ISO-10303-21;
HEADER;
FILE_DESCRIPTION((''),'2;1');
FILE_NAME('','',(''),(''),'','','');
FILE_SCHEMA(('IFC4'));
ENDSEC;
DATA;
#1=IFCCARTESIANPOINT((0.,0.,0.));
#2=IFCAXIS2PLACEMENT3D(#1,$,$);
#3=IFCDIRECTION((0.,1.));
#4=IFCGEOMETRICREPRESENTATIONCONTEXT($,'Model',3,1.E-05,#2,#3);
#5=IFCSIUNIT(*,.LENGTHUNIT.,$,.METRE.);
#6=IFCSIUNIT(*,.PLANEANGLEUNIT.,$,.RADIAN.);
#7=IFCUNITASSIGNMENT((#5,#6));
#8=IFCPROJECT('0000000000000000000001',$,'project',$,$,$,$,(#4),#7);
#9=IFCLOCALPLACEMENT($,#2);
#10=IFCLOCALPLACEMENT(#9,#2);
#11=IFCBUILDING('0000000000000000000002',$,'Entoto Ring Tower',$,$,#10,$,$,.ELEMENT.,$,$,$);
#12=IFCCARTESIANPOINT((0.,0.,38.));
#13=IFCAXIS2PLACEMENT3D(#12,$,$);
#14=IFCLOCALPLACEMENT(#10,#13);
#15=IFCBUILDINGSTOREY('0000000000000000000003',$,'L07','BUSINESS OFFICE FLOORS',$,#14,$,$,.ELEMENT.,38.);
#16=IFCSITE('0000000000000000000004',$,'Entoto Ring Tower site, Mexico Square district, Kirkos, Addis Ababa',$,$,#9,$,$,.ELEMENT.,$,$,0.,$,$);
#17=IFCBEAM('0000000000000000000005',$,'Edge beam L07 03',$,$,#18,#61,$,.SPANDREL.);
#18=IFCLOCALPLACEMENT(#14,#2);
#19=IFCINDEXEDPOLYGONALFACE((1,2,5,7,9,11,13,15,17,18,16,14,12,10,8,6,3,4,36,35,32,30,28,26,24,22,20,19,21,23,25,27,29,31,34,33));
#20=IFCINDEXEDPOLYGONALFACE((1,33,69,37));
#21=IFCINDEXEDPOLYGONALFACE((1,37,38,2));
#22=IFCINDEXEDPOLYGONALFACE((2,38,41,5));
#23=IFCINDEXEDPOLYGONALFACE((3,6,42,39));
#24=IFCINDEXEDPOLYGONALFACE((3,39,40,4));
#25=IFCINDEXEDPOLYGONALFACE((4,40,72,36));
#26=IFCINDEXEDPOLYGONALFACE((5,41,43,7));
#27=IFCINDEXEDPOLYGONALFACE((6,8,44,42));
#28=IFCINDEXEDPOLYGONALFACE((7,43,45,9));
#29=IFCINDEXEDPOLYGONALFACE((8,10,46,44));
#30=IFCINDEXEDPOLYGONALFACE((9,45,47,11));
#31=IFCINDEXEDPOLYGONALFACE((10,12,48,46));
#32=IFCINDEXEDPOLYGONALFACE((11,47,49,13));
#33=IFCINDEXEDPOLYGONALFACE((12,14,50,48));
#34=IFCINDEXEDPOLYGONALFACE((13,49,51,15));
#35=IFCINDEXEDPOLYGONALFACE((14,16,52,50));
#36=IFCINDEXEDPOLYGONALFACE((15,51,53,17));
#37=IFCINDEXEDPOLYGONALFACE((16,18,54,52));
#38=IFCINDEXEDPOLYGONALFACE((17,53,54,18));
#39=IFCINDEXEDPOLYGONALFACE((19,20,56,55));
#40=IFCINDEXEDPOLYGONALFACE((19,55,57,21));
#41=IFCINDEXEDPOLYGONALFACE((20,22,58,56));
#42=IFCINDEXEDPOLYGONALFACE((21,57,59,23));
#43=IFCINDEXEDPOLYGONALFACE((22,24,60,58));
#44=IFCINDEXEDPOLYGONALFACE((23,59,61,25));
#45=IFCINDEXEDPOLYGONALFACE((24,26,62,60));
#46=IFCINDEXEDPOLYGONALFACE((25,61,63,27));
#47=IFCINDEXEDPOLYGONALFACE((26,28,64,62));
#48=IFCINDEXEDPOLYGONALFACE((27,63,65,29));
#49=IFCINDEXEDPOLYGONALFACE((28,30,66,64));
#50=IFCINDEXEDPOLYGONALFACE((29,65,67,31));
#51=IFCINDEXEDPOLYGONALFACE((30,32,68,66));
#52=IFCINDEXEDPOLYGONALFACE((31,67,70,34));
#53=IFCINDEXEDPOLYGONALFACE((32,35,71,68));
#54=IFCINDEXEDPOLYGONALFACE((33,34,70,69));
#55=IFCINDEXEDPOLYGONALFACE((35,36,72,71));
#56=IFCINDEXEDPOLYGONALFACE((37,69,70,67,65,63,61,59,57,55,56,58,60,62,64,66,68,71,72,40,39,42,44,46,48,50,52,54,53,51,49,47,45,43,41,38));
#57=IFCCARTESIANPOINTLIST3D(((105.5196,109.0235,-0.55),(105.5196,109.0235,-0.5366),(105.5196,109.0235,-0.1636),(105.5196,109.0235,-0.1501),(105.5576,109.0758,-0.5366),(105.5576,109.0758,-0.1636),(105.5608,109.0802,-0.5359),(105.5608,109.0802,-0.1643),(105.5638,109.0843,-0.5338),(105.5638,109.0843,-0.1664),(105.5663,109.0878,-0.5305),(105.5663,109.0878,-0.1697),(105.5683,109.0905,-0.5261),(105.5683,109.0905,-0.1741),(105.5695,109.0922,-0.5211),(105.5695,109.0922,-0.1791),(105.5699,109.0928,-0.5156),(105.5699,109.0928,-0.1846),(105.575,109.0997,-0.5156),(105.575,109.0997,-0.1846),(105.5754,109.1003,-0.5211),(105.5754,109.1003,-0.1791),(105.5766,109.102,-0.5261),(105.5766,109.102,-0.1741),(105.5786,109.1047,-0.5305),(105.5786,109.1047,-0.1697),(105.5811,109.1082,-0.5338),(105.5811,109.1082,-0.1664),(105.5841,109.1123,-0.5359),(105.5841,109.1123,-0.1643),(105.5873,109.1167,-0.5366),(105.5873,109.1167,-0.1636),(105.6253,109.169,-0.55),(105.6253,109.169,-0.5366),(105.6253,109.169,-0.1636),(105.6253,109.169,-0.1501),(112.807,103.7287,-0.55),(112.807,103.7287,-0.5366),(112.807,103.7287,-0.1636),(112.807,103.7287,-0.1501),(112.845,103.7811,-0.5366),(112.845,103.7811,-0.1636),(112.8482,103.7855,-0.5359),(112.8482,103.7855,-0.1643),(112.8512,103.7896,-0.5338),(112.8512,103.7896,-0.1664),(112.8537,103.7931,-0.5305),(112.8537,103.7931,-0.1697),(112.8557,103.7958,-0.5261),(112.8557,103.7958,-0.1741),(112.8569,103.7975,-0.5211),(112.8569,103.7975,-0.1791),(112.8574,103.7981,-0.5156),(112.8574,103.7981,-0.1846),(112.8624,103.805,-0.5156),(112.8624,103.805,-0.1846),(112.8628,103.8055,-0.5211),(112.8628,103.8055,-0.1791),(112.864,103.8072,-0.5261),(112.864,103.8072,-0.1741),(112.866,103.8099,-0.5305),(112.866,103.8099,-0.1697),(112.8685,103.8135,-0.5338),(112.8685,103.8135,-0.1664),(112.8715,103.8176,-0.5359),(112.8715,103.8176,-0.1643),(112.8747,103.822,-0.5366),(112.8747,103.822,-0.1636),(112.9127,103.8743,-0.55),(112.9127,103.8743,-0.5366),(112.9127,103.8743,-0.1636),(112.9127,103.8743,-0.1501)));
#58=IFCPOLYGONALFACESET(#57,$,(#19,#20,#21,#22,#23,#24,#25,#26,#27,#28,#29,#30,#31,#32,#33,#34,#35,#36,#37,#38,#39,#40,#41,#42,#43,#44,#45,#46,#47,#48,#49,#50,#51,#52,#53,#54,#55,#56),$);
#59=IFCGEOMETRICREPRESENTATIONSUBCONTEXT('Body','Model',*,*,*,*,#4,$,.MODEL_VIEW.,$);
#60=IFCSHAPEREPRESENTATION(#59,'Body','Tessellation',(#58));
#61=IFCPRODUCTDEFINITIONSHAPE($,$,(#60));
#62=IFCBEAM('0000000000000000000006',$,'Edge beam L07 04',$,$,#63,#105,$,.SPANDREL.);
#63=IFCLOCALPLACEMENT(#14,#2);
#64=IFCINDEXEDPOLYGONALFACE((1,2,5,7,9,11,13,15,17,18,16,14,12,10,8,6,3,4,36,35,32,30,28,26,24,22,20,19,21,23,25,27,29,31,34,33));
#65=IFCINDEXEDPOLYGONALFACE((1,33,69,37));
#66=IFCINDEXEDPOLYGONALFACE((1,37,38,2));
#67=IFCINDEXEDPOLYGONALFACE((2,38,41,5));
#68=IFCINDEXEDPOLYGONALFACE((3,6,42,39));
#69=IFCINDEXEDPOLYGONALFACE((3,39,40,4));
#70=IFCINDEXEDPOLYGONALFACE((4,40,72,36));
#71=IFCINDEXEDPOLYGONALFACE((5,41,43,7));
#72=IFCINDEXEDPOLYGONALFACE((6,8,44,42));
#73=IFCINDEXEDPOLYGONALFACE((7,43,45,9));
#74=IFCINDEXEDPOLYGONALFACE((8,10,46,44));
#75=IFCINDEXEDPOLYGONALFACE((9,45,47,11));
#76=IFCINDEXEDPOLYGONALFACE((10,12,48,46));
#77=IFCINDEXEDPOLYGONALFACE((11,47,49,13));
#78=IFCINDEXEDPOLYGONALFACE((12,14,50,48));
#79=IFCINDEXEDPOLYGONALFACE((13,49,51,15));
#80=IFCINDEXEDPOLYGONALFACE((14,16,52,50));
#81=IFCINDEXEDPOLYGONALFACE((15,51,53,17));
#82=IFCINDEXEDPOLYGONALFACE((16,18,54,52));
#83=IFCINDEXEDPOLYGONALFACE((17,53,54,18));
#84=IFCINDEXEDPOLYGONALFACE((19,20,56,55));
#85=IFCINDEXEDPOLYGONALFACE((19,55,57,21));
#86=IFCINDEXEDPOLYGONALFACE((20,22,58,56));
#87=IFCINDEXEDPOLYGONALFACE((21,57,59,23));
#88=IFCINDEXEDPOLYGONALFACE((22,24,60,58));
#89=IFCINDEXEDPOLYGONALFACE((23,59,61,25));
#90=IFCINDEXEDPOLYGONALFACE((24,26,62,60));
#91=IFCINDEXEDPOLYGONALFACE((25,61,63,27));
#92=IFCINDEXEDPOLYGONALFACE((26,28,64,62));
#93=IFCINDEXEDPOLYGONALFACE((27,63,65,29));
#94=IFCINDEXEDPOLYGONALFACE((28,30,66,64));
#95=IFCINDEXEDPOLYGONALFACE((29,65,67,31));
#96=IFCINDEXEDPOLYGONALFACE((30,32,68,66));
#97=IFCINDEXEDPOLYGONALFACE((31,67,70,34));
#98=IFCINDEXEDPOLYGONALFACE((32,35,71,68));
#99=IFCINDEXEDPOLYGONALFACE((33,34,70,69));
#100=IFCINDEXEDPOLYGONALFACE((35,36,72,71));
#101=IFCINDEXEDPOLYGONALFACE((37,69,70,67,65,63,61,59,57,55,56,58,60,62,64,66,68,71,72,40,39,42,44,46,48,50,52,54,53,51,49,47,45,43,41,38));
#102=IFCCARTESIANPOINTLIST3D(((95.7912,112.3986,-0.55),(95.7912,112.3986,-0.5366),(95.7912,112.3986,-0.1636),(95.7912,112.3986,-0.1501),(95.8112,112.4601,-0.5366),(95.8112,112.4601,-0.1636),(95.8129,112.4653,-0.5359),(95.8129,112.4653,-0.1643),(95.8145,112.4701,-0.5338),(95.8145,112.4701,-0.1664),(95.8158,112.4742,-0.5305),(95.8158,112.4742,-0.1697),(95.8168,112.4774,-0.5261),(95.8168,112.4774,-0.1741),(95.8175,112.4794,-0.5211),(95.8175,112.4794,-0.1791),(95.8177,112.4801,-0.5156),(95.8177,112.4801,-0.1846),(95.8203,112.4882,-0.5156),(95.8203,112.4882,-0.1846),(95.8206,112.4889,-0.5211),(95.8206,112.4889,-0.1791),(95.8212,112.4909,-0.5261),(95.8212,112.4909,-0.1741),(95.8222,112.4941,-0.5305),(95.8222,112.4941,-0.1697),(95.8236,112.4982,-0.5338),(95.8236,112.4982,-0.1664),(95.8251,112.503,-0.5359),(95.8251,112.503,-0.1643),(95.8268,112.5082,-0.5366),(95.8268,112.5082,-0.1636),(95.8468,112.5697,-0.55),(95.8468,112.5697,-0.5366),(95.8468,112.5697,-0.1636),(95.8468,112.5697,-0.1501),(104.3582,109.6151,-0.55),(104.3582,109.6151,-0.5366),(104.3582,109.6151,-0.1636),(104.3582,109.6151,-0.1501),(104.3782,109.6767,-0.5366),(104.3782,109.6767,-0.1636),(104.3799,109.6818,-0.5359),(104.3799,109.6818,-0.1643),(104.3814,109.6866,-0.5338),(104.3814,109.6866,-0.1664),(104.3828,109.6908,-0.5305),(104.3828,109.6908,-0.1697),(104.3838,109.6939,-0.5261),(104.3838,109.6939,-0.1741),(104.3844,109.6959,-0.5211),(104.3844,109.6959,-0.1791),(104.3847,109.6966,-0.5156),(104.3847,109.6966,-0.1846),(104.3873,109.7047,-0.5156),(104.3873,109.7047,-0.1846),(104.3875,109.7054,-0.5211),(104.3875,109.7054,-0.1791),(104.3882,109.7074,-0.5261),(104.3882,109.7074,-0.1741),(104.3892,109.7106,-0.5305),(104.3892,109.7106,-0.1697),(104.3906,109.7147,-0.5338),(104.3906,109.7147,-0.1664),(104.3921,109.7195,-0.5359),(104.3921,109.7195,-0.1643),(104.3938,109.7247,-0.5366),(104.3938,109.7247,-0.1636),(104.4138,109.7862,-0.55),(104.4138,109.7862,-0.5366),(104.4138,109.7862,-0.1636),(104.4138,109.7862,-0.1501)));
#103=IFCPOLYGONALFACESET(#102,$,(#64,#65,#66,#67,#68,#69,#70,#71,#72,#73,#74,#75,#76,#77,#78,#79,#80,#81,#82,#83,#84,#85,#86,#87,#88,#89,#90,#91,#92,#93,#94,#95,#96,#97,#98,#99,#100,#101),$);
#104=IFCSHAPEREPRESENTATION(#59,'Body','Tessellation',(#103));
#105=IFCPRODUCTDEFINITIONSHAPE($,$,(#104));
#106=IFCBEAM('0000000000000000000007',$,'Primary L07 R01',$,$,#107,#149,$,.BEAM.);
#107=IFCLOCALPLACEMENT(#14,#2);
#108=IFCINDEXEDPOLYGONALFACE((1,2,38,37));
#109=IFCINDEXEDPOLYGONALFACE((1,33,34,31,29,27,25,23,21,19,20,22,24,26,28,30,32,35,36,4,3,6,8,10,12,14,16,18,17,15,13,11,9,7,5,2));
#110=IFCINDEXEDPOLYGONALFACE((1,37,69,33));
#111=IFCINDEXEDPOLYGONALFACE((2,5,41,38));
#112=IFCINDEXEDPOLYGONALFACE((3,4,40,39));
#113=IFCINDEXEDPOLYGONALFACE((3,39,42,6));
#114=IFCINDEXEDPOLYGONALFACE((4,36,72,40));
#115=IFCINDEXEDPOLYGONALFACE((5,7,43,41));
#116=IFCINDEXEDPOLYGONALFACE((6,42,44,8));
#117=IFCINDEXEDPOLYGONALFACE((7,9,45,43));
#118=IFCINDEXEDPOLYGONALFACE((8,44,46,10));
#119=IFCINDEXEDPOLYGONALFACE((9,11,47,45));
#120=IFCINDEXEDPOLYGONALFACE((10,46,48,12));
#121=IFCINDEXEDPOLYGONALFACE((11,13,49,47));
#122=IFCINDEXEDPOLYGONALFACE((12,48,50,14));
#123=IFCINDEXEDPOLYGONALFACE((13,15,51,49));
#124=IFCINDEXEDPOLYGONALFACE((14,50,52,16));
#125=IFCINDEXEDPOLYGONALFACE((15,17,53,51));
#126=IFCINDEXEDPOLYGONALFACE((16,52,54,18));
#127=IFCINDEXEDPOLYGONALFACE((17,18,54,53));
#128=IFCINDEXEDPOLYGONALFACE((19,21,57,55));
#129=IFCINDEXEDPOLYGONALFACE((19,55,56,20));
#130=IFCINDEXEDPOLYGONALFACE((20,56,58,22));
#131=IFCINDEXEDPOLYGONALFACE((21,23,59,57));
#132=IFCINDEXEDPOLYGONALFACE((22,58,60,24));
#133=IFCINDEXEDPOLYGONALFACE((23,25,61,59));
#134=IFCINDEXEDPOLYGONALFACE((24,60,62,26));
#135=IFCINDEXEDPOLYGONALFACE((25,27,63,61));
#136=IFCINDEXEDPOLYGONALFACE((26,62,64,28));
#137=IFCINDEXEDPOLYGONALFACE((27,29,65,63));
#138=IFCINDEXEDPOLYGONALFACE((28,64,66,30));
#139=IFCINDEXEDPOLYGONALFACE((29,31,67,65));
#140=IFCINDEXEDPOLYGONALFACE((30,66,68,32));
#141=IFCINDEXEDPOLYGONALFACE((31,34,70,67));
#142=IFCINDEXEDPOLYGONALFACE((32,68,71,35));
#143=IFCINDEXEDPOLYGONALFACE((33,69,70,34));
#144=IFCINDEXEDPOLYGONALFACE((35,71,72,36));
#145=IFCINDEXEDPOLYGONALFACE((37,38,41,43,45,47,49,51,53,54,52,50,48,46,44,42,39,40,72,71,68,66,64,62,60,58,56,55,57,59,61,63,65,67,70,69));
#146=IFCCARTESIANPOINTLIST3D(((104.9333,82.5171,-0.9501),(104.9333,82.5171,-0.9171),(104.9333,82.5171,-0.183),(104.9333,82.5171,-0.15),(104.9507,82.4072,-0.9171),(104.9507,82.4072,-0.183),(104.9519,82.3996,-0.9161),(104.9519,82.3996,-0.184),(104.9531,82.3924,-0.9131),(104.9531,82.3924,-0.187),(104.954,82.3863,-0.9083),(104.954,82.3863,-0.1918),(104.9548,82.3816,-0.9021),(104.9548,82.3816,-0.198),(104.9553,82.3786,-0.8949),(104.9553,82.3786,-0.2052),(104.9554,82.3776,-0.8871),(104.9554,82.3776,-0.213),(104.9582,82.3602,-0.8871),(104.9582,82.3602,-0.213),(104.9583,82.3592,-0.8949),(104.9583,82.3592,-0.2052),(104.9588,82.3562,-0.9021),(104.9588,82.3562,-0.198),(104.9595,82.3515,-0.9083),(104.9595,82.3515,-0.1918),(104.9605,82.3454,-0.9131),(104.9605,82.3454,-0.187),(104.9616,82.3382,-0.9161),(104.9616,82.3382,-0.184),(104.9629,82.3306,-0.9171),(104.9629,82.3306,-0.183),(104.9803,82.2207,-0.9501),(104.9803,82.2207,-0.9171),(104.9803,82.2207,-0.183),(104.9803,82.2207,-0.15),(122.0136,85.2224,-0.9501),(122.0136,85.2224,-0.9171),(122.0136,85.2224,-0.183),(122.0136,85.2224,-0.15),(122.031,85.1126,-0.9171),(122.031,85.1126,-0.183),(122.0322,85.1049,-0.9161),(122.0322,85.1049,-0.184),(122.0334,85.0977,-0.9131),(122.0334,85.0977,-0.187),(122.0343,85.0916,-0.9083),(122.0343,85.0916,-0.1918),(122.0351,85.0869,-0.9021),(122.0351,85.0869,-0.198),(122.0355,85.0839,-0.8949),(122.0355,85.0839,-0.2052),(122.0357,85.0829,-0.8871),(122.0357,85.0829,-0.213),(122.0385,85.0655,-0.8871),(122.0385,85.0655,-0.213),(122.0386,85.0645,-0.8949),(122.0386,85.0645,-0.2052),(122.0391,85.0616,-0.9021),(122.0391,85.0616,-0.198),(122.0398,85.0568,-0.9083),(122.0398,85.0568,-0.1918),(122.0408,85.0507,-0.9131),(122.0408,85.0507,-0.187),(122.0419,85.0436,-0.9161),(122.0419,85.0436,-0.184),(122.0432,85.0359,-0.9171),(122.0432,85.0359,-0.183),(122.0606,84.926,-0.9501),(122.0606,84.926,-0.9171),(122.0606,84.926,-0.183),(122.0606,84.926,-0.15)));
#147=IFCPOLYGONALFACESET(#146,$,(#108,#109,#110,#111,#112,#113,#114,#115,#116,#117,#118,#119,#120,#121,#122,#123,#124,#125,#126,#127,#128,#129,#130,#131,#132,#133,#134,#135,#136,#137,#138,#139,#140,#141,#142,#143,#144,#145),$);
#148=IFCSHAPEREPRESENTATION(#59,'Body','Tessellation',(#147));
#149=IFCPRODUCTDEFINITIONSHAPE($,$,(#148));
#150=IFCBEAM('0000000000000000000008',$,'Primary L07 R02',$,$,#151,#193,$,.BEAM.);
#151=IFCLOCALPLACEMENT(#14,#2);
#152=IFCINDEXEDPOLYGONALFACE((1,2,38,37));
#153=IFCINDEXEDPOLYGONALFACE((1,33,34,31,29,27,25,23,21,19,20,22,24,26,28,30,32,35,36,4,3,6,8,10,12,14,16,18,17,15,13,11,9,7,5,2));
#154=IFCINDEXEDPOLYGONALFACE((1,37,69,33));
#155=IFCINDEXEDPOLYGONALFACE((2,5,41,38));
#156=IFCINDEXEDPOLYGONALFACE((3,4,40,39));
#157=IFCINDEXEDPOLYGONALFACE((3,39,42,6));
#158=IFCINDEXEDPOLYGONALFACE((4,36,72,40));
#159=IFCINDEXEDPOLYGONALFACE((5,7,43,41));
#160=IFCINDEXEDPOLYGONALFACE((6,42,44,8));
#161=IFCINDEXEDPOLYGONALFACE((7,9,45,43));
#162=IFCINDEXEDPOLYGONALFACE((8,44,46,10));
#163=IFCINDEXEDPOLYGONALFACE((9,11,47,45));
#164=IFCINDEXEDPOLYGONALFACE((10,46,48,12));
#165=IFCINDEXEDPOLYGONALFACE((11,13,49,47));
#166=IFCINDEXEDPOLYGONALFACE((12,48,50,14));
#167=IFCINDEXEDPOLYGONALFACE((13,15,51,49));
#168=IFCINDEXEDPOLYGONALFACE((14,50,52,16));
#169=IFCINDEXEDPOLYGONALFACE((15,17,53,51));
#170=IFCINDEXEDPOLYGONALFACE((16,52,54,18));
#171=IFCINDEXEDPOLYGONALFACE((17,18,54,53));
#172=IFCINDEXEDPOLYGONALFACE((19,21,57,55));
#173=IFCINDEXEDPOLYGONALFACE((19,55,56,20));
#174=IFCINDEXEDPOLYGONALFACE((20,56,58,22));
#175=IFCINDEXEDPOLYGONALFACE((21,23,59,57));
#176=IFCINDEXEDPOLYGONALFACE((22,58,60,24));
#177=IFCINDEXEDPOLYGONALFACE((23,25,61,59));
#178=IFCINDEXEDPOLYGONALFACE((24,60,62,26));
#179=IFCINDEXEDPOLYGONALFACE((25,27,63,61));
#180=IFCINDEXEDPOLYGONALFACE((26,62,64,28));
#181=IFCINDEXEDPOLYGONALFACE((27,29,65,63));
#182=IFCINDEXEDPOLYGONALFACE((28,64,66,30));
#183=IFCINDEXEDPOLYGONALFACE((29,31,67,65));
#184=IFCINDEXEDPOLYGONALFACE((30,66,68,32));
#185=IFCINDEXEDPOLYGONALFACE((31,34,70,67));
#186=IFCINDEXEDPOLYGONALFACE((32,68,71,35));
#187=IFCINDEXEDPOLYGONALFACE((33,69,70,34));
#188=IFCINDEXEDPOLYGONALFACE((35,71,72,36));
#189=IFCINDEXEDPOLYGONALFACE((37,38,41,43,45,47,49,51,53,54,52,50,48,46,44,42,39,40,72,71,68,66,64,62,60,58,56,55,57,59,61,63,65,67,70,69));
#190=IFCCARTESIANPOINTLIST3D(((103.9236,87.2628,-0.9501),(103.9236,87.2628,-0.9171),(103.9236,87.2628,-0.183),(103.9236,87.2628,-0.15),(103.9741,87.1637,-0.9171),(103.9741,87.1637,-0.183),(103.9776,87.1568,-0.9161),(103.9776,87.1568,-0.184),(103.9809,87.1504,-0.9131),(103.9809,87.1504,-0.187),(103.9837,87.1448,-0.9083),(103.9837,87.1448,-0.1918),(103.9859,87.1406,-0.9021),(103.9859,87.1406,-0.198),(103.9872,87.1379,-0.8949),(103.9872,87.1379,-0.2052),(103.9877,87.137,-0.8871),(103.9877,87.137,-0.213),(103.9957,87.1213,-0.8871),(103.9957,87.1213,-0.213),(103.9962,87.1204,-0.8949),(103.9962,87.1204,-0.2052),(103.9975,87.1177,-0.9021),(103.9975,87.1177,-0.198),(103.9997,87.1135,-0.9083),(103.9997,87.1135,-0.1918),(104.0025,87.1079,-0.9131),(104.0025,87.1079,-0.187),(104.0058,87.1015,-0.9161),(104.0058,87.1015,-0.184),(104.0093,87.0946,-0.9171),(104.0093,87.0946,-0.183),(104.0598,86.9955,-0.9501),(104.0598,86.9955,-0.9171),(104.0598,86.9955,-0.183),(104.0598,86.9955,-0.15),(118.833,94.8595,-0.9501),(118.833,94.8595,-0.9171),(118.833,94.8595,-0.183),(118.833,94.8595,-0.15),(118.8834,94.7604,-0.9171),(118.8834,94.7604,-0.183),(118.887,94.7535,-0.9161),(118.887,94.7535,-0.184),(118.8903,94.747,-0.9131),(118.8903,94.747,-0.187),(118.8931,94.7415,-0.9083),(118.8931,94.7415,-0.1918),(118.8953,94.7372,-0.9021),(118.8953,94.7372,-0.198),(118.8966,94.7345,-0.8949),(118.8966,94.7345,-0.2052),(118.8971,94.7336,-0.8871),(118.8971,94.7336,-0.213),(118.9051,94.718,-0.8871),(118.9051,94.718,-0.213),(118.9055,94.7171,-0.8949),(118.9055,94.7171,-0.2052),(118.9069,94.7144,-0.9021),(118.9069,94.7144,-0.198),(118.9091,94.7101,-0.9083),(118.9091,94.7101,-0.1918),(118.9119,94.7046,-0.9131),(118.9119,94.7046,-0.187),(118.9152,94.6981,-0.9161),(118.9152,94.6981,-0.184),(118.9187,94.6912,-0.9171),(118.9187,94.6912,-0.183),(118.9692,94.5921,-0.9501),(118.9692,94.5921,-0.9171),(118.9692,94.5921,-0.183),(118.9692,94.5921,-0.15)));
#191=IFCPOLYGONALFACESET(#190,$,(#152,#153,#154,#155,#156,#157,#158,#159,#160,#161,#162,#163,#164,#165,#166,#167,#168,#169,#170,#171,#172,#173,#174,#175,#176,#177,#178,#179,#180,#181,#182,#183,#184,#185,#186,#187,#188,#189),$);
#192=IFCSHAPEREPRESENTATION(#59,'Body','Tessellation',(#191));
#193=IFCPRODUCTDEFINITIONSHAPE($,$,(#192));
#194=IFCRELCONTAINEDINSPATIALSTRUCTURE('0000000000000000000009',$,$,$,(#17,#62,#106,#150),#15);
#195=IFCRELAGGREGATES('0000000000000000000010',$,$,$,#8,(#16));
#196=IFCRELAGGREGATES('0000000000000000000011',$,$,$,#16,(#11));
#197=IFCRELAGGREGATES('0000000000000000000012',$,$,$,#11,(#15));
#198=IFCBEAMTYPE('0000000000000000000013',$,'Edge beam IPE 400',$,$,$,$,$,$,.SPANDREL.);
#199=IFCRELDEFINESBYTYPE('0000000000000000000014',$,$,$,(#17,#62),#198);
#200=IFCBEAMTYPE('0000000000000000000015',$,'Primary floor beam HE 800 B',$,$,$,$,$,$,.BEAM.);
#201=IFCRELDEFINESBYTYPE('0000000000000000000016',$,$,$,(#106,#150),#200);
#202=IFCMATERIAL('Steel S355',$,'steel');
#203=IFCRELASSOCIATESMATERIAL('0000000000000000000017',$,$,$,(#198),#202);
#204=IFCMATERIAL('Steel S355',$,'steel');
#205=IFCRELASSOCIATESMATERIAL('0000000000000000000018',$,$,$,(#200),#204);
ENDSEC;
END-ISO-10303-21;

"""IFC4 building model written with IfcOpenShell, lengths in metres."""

from ifc_helpers import new_model, si_unit, direction, frame, origin, origin_2d, place, context, subcontext, project, spatial, i_section, extrude, material, material_profile, profile_set, type_object, element, save


model = new_model("IFC4")

# Units and contexts
model_context = context("Model", 3, precision=1e-05, world=origin(), true_north=direction((0.0, 1.0)))
body_context = subcontext(model_context, "Body", "Model", "MODEL_VIEW")
ifc_project = project(units=[si_unit("LENGTHUNIT", "METRE"), si_unit("PLANEANGLEUNIT", "RADIAN")], contexts=[model_context])

# Site, building, storey
site_placement = place(None, origin())
site = spatial("IfcSite", under=ifc_project, at=site_placement, Name="Entoto Ring Tower site, Mexico Square district, Kirkos, Addis Ababa", CompositionType="ELEMENT", RefElevation=0.0)
building_placement = place(site_placement, origin())
building = spatial("IfcBuilding", under=site, at=building_placement, Name="Entoto Ring Tower", CompositionType="ELEMENT")
storey_placement = place(building_placement, frame((0.0, 0.0, 38.0)))
storey = spatial("IfcBuildingStorey", under=building, at=storey_placement, Name="L07", Description="BUSINESS OFFICE FLOORS", CompositionType="ELEMENT", Elevation=38.0)

# Beams
ifc_material_1 = material(Name="Steel S355", Category="steel")
ifc_material_profile_1 = material_profile(ifc_material_1, i_section(OverallWidth=0.1799, OverallDepth=0.3999, WebThickness=0.0085, FlangeThickness=0.0134, FilletRadius=0.021, at=origin_2d()), Name="IPE 400")
ifc_profile_set_1 = profile_set([ifc_material_profile_1], Name="Steel S355")
beam_type_1 = type_object("IfcBeamType", Name="Edge beam IPE 400", PredefinedType="SPANDREL", material=ifc_profile_set_1)
for number, where, z_axis, x_axis, name in (
    (1, (112.8599, 103.8015, -0.3501), (-0.809011, 0.587793, 0.0), (-0.587793, -0.809011, 0.0), "Edge beam L07 03"),
    (2, (104.386, 109.7007, -0.3501), (-0.95106, 0.309006, 0.0), (-0.309006, -0.95106, 0.0), "Edge beam L07 04"),
):
    element("IfcBeam", number, at=place(storey_placement, frame(where, z_axis=z_axis, x_axis=x_axis)), inside=storey, type_object=beam_type_1, Name=name, PredefinedType="SPANDREL", context=body_context, shape_type="SweptSolid", body=[
        extrude(i_section(OverallWidth=0.1799, OverallDepth=0.3999, WebThickness=0.0085, FlangeThickness=0.0134, FilletRadius=0.021, at=origin_2d()), origin(), (0.0, 0.0, 1.0), 9.0078),
    ])
ifc_material_2 = material(Name="Steel S355", Category="steel")
ifc_material_profile_2 = material_profile(ifc_material_2, i_section(OverallWidth=0.3, OverallDepth=0.8, WebThickness=0.0176, FlangeThickness=0.033, FilletRadius=0.03, at=origin_2d()), Name="HE 800 B")
ifc_profile_set_2 = profile_set([ifc_material_profile_2], Name="Steel S355")
beam_type_2 = type_object("IfcBeamType", Name="Primary floor beam HE 800 B", PredefinedType="BEAM", material=ifc_profile_set_2)
beam_1_placement = place(storey_placement, frame((104.9568, 82.3689, -0.55), z_axis=(0.987688, 0.156438, 0.0), x_axis=(-0.156438, 0.987688, 0.0)))
element("IfcBeam", 3, at=beam_1_placement, inside=storey, type_object=beam_type_2, Name="Primary L07 R01", PredefinedType="BEAM", context=body_context, shape_type="SweptSolid", body=[
    extrude(i_section(OverallWidth=0.3, OverallDepth=0.8, WebThickness=0.0176, FlangeThickness=0.033, FilletRadius=0.03, at=origin_2d()), origin(), (0.0, 0.0, 1.0), 17.2932),
])
beam_2_placement = place(storey_placement, frame((103.9917, 87.1292, -0.55), z_axis=(0.891008, 0.453988, 0.0), x_axis=(-0.453988, 0.891008, 0.0)))
element("IfcBeam", 4, at=beam_2_placement, inside=storey, type_object=beam_type_2, Name="Primary L07 R02", PredefinedType="BEAM", context=body_context, shape_type="SweptSolid", body=[
    extrude(i_section(OverallWidth=0.3, OverallDepth=0.8, WebThickness=0.0176, FlangeThickness=0.033, FilletRadius=0.03, at=origin_2d()), origin(), (0.0, 0.0, 1.0), 16.7332),
])

save(model, "model.ifc")
